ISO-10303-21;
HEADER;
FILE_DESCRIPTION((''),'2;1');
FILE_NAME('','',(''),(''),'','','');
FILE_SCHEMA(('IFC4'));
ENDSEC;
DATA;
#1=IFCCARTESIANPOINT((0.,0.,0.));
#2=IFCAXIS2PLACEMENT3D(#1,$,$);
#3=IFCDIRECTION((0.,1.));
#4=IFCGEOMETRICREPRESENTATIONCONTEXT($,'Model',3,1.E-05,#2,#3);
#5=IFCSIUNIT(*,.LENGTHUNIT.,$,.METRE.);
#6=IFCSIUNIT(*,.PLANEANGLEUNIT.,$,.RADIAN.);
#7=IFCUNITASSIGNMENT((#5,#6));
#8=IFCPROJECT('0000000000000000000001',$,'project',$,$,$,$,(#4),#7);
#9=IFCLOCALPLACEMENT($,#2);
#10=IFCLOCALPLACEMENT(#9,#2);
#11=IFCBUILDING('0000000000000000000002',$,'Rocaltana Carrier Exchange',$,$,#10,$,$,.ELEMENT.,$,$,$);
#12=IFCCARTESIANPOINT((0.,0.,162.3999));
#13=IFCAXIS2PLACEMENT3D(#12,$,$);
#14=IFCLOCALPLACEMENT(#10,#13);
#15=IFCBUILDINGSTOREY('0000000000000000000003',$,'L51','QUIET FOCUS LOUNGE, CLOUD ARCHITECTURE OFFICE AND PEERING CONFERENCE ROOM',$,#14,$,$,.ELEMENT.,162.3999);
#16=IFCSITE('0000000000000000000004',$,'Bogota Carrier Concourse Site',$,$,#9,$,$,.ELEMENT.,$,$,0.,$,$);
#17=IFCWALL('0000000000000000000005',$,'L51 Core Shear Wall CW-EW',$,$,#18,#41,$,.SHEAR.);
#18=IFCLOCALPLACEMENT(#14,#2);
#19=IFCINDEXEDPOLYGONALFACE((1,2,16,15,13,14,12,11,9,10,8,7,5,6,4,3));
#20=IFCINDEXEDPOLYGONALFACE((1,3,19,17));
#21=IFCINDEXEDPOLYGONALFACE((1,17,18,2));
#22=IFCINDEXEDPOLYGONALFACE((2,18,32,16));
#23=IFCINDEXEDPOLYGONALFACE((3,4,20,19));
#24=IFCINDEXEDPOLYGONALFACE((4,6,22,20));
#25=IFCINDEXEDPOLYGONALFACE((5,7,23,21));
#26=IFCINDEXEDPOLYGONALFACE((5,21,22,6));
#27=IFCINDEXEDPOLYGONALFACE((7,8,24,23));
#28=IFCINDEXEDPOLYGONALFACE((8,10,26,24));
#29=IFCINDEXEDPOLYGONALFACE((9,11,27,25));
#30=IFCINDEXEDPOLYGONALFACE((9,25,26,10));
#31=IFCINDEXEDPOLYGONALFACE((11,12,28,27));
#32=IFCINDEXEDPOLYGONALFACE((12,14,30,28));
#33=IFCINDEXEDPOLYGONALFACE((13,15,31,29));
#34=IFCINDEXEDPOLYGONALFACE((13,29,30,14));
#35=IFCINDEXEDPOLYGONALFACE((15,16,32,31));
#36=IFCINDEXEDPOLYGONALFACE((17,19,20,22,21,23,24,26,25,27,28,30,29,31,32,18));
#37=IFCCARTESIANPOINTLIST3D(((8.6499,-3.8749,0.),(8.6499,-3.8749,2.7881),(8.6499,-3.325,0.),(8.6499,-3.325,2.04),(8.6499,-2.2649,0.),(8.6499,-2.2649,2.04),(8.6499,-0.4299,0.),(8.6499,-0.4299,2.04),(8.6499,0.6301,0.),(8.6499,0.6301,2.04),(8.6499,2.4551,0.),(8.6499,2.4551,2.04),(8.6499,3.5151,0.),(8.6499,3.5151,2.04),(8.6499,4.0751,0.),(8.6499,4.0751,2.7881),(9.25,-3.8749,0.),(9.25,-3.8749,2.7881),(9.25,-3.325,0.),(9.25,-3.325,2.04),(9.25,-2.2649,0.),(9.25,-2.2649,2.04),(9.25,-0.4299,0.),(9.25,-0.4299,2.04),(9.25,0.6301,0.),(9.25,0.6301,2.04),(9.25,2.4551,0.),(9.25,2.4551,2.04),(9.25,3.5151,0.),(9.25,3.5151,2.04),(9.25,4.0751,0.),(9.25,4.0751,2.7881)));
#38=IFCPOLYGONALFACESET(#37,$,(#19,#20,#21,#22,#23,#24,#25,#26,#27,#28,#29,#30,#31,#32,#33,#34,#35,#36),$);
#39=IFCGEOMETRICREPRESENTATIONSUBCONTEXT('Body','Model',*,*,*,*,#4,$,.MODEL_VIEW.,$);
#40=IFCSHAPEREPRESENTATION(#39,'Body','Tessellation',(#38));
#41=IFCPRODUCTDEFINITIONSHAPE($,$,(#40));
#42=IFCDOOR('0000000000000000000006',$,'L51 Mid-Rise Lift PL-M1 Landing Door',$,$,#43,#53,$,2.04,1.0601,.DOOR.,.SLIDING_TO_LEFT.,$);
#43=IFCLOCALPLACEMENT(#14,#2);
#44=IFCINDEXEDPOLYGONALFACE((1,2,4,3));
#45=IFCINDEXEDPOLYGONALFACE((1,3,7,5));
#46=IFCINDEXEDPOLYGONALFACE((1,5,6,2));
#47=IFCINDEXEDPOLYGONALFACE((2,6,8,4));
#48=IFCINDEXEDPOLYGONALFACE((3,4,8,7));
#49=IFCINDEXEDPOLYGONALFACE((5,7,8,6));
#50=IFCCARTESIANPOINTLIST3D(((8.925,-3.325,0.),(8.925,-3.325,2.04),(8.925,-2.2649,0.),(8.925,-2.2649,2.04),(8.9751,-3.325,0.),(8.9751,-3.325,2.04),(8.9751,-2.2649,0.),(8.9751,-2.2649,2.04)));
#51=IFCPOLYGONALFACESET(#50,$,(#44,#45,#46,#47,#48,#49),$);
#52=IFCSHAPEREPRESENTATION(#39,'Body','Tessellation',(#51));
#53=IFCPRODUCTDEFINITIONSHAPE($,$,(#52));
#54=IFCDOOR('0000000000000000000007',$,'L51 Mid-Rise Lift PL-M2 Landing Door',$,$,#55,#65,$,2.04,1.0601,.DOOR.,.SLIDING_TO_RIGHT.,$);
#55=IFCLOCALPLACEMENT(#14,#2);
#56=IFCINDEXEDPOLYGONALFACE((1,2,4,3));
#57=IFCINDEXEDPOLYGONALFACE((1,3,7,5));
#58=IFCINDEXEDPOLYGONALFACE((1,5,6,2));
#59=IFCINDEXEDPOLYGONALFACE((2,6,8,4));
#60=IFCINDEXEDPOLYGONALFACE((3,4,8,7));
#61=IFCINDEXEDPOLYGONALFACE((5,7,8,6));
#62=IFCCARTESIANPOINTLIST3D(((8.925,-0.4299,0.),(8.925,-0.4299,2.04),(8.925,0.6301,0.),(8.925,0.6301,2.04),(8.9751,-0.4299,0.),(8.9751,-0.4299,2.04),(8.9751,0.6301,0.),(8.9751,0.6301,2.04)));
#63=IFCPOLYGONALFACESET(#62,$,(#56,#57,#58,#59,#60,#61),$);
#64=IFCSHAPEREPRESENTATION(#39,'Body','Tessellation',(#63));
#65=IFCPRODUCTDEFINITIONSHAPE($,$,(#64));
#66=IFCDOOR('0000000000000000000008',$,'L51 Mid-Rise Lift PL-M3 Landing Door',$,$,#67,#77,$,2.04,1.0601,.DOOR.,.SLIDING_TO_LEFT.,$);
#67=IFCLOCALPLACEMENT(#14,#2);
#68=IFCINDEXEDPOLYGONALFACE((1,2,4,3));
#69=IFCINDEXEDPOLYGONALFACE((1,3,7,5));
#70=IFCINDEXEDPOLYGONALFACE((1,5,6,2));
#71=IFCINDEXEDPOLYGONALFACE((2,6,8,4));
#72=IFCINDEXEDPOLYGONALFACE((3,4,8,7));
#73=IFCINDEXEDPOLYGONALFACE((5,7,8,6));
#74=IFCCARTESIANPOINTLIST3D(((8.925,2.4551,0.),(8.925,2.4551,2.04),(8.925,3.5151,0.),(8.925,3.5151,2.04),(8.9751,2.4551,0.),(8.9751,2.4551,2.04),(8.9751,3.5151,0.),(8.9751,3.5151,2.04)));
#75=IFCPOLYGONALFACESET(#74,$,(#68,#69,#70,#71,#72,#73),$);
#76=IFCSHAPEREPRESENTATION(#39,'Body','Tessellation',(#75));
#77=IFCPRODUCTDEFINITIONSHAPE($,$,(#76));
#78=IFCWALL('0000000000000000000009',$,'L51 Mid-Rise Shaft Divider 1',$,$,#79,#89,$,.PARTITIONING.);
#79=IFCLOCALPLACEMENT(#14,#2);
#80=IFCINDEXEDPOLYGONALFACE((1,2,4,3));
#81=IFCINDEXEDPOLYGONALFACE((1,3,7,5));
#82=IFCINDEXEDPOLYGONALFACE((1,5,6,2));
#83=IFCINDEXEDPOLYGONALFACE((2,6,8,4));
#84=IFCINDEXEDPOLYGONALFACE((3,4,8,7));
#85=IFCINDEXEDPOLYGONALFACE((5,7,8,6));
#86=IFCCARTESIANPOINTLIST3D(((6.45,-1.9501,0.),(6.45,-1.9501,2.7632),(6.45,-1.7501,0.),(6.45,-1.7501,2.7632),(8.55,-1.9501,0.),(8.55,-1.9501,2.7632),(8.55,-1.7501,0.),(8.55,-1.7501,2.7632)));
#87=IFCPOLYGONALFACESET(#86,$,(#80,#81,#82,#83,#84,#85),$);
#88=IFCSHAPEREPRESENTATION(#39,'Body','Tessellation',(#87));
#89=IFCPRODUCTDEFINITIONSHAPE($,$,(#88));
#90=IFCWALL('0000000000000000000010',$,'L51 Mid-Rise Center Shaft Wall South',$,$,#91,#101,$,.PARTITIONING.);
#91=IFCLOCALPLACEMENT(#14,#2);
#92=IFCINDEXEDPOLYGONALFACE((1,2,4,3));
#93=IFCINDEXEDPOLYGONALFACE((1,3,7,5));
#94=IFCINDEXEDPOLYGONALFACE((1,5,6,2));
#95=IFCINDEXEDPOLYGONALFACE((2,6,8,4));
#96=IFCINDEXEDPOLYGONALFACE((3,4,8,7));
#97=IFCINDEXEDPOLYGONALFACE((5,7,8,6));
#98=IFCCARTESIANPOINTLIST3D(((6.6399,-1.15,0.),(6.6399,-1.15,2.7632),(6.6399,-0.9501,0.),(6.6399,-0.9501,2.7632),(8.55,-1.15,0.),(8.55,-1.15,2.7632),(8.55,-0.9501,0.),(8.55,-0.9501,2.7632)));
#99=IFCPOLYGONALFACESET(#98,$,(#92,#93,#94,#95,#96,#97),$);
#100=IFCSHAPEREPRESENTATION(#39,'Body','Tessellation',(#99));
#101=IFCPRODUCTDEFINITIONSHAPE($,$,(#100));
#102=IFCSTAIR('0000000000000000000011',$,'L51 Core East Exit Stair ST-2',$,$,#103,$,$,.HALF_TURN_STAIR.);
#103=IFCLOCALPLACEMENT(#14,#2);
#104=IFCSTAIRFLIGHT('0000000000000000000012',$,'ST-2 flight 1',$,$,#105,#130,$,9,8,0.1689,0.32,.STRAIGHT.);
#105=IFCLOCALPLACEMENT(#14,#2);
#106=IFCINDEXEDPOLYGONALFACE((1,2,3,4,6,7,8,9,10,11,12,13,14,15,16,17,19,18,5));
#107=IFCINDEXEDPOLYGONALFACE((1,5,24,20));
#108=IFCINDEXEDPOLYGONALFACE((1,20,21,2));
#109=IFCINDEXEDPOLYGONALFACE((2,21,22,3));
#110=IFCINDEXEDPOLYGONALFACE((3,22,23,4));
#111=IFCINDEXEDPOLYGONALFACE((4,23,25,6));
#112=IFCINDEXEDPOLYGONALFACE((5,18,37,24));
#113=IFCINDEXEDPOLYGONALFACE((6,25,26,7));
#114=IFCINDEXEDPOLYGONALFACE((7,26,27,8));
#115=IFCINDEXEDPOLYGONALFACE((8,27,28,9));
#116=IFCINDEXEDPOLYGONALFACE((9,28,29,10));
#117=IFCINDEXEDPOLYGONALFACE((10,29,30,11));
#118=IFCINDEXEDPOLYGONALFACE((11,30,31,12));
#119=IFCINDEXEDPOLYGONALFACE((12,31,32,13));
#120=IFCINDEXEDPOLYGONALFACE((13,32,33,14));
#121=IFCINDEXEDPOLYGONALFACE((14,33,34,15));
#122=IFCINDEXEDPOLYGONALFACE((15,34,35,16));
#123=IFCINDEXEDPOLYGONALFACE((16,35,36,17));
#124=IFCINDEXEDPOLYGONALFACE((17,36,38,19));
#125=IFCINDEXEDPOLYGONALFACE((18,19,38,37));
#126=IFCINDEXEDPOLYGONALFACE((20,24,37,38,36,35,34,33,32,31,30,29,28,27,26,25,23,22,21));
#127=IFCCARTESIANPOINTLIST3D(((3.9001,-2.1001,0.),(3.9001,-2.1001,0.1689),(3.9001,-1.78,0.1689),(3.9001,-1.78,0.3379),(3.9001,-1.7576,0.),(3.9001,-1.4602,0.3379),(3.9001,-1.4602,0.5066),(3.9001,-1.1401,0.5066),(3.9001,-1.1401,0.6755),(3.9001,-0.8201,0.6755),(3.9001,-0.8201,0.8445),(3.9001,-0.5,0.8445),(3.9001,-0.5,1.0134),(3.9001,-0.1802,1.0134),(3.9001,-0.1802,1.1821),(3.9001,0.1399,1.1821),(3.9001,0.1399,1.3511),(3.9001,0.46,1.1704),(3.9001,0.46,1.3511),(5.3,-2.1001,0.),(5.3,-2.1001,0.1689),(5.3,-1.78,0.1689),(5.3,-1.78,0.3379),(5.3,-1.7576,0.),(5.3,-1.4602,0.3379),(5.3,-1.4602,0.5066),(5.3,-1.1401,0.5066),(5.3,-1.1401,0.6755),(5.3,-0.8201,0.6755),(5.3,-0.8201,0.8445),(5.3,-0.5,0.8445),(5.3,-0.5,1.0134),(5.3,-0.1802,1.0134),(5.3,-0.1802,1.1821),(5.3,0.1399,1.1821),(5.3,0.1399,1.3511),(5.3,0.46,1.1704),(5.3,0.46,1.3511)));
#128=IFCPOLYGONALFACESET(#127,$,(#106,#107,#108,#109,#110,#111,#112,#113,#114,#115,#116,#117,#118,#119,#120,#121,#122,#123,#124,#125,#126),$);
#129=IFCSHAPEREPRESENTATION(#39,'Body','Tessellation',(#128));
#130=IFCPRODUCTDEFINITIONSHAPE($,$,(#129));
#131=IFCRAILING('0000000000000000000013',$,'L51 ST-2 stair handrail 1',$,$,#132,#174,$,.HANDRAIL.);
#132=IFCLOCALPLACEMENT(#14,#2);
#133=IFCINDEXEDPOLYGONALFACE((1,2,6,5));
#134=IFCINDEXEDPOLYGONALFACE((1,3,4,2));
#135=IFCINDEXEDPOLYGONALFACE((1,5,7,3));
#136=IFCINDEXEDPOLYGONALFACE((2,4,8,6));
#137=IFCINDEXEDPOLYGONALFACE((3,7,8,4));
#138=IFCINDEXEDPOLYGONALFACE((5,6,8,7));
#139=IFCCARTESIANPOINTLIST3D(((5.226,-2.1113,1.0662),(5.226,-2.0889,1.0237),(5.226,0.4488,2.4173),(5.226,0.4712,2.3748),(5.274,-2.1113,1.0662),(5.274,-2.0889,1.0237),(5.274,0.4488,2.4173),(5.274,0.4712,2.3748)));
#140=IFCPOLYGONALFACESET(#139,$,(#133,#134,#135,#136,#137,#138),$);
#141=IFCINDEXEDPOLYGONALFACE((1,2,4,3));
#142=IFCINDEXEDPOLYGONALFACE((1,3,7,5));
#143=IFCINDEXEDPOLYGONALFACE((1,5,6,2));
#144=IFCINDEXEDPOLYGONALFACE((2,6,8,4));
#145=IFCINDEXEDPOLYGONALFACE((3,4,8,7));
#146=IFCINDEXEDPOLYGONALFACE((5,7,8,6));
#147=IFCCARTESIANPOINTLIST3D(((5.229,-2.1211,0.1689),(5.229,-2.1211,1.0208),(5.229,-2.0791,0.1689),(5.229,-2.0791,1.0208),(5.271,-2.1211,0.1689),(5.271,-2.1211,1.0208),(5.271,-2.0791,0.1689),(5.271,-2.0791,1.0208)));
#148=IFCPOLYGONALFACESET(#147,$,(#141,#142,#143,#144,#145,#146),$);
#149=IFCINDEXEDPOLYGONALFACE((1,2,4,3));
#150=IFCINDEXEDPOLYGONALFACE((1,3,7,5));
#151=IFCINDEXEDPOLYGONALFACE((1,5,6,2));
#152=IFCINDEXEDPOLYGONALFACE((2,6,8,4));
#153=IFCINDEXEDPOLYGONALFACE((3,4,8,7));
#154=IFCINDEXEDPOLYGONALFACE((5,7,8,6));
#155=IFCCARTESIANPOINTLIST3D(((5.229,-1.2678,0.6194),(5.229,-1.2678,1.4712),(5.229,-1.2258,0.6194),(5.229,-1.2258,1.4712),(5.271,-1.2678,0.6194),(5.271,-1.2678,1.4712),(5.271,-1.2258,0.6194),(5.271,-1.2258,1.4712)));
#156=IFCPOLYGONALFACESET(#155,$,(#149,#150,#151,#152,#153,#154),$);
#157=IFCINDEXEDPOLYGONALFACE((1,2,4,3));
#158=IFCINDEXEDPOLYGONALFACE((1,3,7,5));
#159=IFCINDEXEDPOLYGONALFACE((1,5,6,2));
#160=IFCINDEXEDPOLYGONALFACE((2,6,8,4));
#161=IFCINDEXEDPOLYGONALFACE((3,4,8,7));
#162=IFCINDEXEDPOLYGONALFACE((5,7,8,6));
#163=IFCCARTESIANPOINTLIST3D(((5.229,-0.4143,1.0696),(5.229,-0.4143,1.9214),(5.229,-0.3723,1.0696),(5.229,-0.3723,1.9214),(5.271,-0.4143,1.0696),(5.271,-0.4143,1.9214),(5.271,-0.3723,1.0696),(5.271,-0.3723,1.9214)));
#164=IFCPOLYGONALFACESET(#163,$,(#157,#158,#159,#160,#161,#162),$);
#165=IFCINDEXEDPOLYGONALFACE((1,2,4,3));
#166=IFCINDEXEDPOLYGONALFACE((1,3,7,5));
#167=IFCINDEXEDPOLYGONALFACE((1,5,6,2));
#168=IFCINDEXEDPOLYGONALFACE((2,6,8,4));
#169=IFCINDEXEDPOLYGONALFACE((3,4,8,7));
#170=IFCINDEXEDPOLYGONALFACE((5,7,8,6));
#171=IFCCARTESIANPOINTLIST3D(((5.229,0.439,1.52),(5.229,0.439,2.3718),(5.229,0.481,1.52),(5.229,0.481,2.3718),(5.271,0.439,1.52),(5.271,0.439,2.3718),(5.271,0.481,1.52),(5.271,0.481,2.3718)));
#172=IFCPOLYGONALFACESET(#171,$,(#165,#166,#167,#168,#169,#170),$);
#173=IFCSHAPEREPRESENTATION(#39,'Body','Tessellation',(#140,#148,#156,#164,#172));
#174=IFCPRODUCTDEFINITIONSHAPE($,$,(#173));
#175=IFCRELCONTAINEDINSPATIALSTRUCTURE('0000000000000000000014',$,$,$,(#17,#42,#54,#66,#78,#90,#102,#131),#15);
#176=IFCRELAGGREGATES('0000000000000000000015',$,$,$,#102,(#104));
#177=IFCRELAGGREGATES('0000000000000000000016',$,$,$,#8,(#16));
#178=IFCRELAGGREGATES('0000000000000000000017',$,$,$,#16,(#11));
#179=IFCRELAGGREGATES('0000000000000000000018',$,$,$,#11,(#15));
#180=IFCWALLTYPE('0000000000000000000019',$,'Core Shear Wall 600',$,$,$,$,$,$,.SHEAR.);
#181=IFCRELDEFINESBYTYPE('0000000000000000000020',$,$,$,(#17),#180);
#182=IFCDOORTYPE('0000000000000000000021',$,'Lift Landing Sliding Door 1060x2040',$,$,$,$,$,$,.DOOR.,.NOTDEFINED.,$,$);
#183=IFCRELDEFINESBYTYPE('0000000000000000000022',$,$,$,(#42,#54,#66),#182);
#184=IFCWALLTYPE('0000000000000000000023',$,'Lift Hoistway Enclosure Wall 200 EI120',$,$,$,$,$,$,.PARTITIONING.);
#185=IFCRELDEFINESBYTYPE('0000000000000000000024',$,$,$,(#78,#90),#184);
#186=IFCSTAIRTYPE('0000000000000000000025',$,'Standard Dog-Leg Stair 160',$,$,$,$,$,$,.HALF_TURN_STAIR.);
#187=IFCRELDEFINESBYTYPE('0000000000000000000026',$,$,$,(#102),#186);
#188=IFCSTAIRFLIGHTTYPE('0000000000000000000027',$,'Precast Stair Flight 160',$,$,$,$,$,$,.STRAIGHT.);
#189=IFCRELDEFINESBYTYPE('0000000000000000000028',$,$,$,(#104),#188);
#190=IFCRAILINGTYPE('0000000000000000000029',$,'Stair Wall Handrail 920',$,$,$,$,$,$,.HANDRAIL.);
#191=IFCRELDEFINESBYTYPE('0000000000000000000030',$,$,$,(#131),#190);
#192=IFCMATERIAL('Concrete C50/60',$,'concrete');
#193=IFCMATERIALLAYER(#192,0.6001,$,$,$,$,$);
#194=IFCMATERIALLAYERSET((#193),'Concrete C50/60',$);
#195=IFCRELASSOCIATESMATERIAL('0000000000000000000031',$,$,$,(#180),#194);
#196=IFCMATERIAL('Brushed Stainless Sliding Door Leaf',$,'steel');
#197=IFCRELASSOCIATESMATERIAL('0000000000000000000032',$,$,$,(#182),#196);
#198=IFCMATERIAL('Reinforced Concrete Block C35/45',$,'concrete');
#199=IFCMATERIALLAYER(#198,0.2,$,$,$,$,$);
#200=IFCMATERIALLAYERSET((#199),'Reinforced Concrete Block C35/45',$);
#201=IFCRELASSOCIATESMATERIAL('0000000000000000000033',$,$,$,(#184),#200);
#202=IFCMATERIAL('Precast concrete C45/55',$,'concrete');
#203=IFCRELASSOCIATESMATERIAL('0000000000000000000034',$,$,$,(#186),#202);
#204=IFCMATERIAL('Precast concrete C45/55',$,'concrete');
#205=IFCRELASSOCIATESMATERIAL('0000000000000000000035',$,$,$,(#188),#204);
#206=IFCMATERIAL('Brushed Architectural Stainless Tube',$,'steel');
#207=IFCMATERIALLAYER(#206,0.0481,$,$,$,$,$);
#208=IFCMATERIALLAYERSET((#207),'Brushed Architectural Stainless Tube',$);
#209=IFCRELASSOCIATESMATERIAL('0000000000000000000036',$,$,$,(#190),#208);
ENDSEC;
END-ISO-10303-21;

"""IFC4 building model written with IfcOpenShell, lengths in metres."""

from ifc_helpers import new_model, si_unit, direction, frame, frame_2d, origin, origin_2d, place, context, subcontext, project, spatial, polyline, rectangle, outline, extrude, material, layer, layer_set, type_object, element, fill, aggregate, save


model = new_model("IFC4")

# Units and contexts
model_context = context("Model", 3, precision=1e-05, world=origin(), true_north=direction((0.0, 1.0)))
body_context = subcontext(model_context, "Body", "Model", "MODEL_VIEW")
ifc_project = project(units=[si_unit("LENGTHUNIT", "METRE"), si_unit("PLANEANGLEUNIT", "RADIAN")], contexts=[model_context])

# Site, building, storey
site_placement = place(None, origin())
site = spatial("IfcSite", under=ifc_project, at=site_placement, Name="Bogota Carrier Concourse Site", CompositionType="ELEMENT", RefElevation=0.0)
building_placement = place(site_placement, origin())
building = spatial("IfcBuilding", under=site, at=building_placement, Name="Rocaltana Carrier Exchange", CompositionType="ELEMENT")
storey_placement = place(building_placement, frame((0.0, 0.0, 162.3999)))
storey = spatial("IfcBuildingStorey", under=building, at=storey_placement, Name="L51", Description="QUIET FOCUS LOUNGE, CLOUD ARCHITECTURE OFFICE AND PEERING CONFERENCE ROOM", CompositionType="ELEMENT", Elevation=162.3999)

# Shared definitions
ifc_material_1 = material(Name="Concrete C50/60", Category="concrete")
ifc_layer_1 = layer(ifc_material_1, 0.6001)
ifc_layer_set_1 = layer_set([ifc_layer_1], Name="Concrete C50/60")
wall_type_1 = type_object("IfcWallType", Name="Core Shear Wall 600", PredefinedType="SHEAR", material=ifc_layer_set_1)

# Wall, openings, doors
wall_1_placement = place(storey_placement, frame((8.95, -3.875, 0.0), z_axis=(0.0, 0.0, 1.0), x_axis=(0.0, 1.0, 0.0)))
wall_1 = element("IfcWall", 1, at=wall_1_placement, inside=storey, type_object=wall_type_1, Name="L51 Core Shear Wall CW-EW", PredefinedType="SHEAR", context=body_context, shape_type="SweptSolid", body=[
    extrude(rectangle(XDim=7.95, YDim=0.6001, at=frame_2d((3.9751, 0.0))), origin(), (0.0, 0.0, 1.0), 2.7881),
])
opening_1_placement = place(wall_1_placement, frame((0.55, 0.0, 0.0)))
opening_1 = element("IfcOpeningElement", 2, at=opening_1_placement, cuts=wall_1, PredefinedType="OPENING", context=body_context, shape_type="SweptSolid", body=[
    extrude(rectangle(XDim=1.0601, YDim=2.04, at=frame_2d((0.53, 1.02))), frame((0.0, 0.3101, 0.0), z_axis=(0.0, -1.0, 0.0), x_axis=(1.0, 0.0, 0.0)), (0.0, 0.0, 1.0), 0.6201),
])
opening_2_placement = place(wall_1_placement, frame((3.4451, 0.0, 0.0)))
opening_2 = element("IfcOpeningElement", 3, at=opening_2_placement, cuts=wall_1, PredefinedType="OPENING", context=body_context, shape_type="SweptSolid", body=[
    extrude(rectangle(XDim=1.0601, YDim=2.04, at=frame_2d((0.53, 1.02))), frame((0.0, 0.3101, 0.0), z_axis=(0.0, -1.0, 0.0), x_axis=(1.0, 0.0, 0.0)), (0.0, 0.0, 1.0), 0.6201),
])
opening_3_placement = place(wall_1_placement, frame((6.3301, 0.0, 0.0)))
opening_3 = element("IfcOpeningElement", 4, at=opening_3_placement, cuts=wall_1, PredefinedType="OPENING", context=body_context, shape_type="SweptSolid", body=[
    extrude(rectangle(XDim=1.0601, YDim=2.04, at=frame_2d((0.53, 1.02))), frame((0.0, 0.3101, 0.0), z_axis=(0.0, -1.0, 0.0), x_axis=(1.0, 0.0, 0.0)), (0.0, 0.0, 1.0), 0.6201),
])
ifc_material_2 = material(Name="Brushed Stainless Sliding Door Leaf", Category="steel")
door_type = type_object("IfcDoorType", Name="Lift Landing Sliding Door 1060x2040", OperationType="NOTDEFINED", PredefinedType="DOOR", material=ifc_material_2)
door_1_placement = place(opening_1_placement, origin())
door_1 = element("IfcDoor", 5, at=door_1_placement, inside=storey, type_object=door_type, Name="L51 Mid-Rise Lift PL-M1 Landing Door", OperationType="SLIDING_TO_LEFT", OverallHeight=2.04, OverallWidth=1.0601, PredefinedType="DOOR", context=body_context, shape_type="SweptSolid", body=[
    extrude(rectangle(XDim=1.0601, YDim=2.04, at=frame_2d((0.53, 1.02))), frame((0.0, 0.0249, 0.0), z_axis=(0.0, -1.0, 0.0), x_axis=(1.0, 0.0, 0.0)), (0.0, 0.0, 1.0), 0.05),
])
fill(opening_1, door_1)
door_2_placement = place(opening_2_placement, origin())
door_2 = element("IfcDoor", 6, at=door_2_placement, inside=storey, type_object=door_type, Name="L51 Mid-Rise Lift PL-M2 Landing Door", OperationType="SLIDING_TO_RIGHT", OverallHeight=2.04, OverallWidth=1.0601, PredefinedType="DOOR", context=body_context, shape_type="SweptSolid", body=[
    extrude(rectangle(XDim=1.0601, YDim=2.04, at=frame_2d((0.53, 1.02))), frame((0.0, 0.0249, 0.0), z_axis=(0.0, -1.0, 0.0), x_axis=(1.0, 0.0, 0.0)), (0.0, 0.0, 1.0), 0.05),
])
fill(opening_2, door_2)
door_3_placement = place(opening_3_placement, origin())
door_3 = element("IfcDoor", 7, at=door_3_placement, inside=storey, type_object=door_type, Name="L51 Mid-Rise Lift PL-M3 Landing Door", OperationType="SLIDING_TO_LEFT", OverallHeight=2.04, OverallWidth=1.0601, PredefinedType="DOOR", context=body_context, shape_type="SweptSolid", body=[
    extrude(rectangle(XDim=1.0601, YDim=2.04, at=frame_2d((0.53, 1.02))), frame((0.0, 0.0249, 0.0), z_axis=(0.0, -1.0, 0.0), x_axis=(1.0, 0.0, 0.0)), (0.0, 0.0, 1.0), 0.05),
])
fill(opening_3, door_3)

# Walls
ifc_material_3 = material(Name="Reinforced Concrete Block C35/45", Category="concrete")
ifc_layer_2 = layer(ifc_material_3, 0.2)
ifc_layer_set_2 = layer_set([ifc_layer_2], Name="Reinforced Concrete Block C35/45")
wall_type_2 = type_object("IfcWallType", Name="Lift Hoistway Enclosure Wall 200 EI120", PredefinedType="PARTITIONING", material=ifc_layer_set_2)
wall_2_placement = place(storey_placement, frame((6.45, -1.8501, 0.0), z_axis=(0.0, 0.0, 1.0), x_axis=(1.0, 0.0, 0.0)))
element("IfcWall", 8, at=wall_2_placement, inside=storey, type_object=wall_type_2, Name="L51 Mid-Rise Shaft Divider 1", PredefinedType="PARTITIONING", context=body_context, shape_type="SweptSolid", body=[
    extrude(rectangle(XDim=2.1001, YDim=0.2, at=frame_2d((1.05, 0.0))), origin(), (0.0, 0.0, 1.0), 2.7632),
])
wall_3_placement = place(storey_placement, frame((6.6399, -1.05, 0.0), z_axis=(0.0, 0.0, 1.0), x_axis=(1.0, 0.0, 0.0)))
element("IfcWall", 9, at=wall_3_placement, inside=storey, type_object=wall_type_2, Name="L51 Mid-Rise Center Shaft Wall South", PredefinedType="PARTITIONING", context=body_context, shape_type="SweptSolid", body=[
    extrude(rectangle(XDim=1.9102, YDim=0.2, at=frame_2d((0.9551, 0.0))), origin(), (0.0, 0.0, 1.0), 2.7632),
])

# Stair, stair flight
ifc_material_4 = material(Name="Precast concrete C45/55", Category="concrete")
stair_type = type_object("IfcStairType", Name="Standard Dog-Leg Stair 160", PredefinedType="HALF_TURN_STAIR", material=ifc_material_4)
stair_placement = place(storey_placement, origin())
stair = element("IfcStair", 10, at=stair_placement, inside=storey, type_object=stair_type, Name="L51 Core East Exit Stair ST-2", PredefinedType="HALF_TURN_STAIR")
ifc_material_5 = material(Name="Precast concrete C45/55", Category="concrete")
stair_flight_type = type_object("IfcStairFlightType", Name="Precast Stair Flight 160", PredefinedType="STRAIGHT", material=ifc_material_5)
stair_flight_placement = place(storey_placement, frame((4.6001, -2.1001, 0.0), z_axis=(0.0, 0.0, 1.0), x_axis=(0.0, 1.0, 0.0)))
stair_flight = element("IfcStairFlight", 11, at=stair_flight_placement, type_object=stair_flight_type, Name="ST-2 flight 1", NumberOfRisers=9, NumberOfTreads=8, PredefinedType="STRAIGHT", RiserHeight=0.1689, TreadLength=0.32, context=body_context, shape_type="SweptSolid", body=[
    extrude(outline(polyline([(0.0, 0.0), (0.0, 0.1689), (0.3201, 0.1689), (0.3201, 0.3379), (0.6399, 0.3379), (0.6399, 0.5066), (0.96, 0.5066), (0.96, 0.6755), (1.28, 0.6755), (1.28, 0.8445), (1.6001, 0.8445), (1.6001, 1.0134), (1.9199, 1.0134), (1.9199, 1.1821), (2.24, 1.1821), (2.24, 1.3511), (2.5601, 1.3511), (2.5601, 1.52), (2.5601, 1.1704), (0.3425, 0.0), (0.0, 0.0)])), frame((0.0, 0.7, 0.0), z_axis=(0.0, -1.0, 0.0), x_axis=(1.0, 0.0, 0.0)), (0.0, 0.0, 1.0), 1.3999),
])
aggregate(stair, [stair_flight])

# Railing
ifc_material_6 = material(Name="Brushed Architectural Stainless Tube", Category="steel")
ifc_layer_3 = layer(ifc_material_6, 0.0481)
ifc_layer_set_3 = layer_set([ifc_layer_3], Name="Brushed Architectural Stainless Tube")
railing_type_1 = type_object("IfcRailingType", Name="Stair Wall Handrail 920", PredefinedType="HANDRAIL", material=ifc_layer_set_3)
railing_1_placement = place(storey_placement, frame((5.25, -2.1001, 0.1689)))
element("IfcRailing", 12, at=railing_1_placement, inside=storey, type_object=railing_type_1, Name="L51 ST-2 stair handrail 1", PredefinedType="HANDRAIL", context=body_context, shape_type="SweptSolid", body=[
    extrude(rectangle(XDim=0.0481, YDim=0.0481, at=origin_2d()), frame((0.0, 0.0, 0.876), z_axis=(0.0, 0.884394, 0.46674), x_axis=(-1.0, 0.0, 0.0)), (0.0, 0.0, 1.0), 2.8948),
    extrude(rectangle(XDim=0.042, YDim=0.042, at=origin_2d()), origin(), (0.0, 0.0, 1.0), 0.8518),
    extrude(rectangle(XDim=0.042, YDim=0.042, at=origin_2d()), frame((0.0, 0.8533, 0.4504)), (0.0, 0.0, 1.0), 0.8518),
    extrude(rectangle(XDim=0.042, YDim=0.042, at=origin_2d()), frame((0.0, 1.7068, 0.9006)), (0.0, 0.0, 1.0), 0.8518),
    extrude(rectangle(XDim=0.042, YDim=0.042, at=origin_2d()), frame((0.0, 2.5601, 1.3511)), (0.0, 0.0, 1.0), 0.8518),
])

save(model, "model.ifc")
